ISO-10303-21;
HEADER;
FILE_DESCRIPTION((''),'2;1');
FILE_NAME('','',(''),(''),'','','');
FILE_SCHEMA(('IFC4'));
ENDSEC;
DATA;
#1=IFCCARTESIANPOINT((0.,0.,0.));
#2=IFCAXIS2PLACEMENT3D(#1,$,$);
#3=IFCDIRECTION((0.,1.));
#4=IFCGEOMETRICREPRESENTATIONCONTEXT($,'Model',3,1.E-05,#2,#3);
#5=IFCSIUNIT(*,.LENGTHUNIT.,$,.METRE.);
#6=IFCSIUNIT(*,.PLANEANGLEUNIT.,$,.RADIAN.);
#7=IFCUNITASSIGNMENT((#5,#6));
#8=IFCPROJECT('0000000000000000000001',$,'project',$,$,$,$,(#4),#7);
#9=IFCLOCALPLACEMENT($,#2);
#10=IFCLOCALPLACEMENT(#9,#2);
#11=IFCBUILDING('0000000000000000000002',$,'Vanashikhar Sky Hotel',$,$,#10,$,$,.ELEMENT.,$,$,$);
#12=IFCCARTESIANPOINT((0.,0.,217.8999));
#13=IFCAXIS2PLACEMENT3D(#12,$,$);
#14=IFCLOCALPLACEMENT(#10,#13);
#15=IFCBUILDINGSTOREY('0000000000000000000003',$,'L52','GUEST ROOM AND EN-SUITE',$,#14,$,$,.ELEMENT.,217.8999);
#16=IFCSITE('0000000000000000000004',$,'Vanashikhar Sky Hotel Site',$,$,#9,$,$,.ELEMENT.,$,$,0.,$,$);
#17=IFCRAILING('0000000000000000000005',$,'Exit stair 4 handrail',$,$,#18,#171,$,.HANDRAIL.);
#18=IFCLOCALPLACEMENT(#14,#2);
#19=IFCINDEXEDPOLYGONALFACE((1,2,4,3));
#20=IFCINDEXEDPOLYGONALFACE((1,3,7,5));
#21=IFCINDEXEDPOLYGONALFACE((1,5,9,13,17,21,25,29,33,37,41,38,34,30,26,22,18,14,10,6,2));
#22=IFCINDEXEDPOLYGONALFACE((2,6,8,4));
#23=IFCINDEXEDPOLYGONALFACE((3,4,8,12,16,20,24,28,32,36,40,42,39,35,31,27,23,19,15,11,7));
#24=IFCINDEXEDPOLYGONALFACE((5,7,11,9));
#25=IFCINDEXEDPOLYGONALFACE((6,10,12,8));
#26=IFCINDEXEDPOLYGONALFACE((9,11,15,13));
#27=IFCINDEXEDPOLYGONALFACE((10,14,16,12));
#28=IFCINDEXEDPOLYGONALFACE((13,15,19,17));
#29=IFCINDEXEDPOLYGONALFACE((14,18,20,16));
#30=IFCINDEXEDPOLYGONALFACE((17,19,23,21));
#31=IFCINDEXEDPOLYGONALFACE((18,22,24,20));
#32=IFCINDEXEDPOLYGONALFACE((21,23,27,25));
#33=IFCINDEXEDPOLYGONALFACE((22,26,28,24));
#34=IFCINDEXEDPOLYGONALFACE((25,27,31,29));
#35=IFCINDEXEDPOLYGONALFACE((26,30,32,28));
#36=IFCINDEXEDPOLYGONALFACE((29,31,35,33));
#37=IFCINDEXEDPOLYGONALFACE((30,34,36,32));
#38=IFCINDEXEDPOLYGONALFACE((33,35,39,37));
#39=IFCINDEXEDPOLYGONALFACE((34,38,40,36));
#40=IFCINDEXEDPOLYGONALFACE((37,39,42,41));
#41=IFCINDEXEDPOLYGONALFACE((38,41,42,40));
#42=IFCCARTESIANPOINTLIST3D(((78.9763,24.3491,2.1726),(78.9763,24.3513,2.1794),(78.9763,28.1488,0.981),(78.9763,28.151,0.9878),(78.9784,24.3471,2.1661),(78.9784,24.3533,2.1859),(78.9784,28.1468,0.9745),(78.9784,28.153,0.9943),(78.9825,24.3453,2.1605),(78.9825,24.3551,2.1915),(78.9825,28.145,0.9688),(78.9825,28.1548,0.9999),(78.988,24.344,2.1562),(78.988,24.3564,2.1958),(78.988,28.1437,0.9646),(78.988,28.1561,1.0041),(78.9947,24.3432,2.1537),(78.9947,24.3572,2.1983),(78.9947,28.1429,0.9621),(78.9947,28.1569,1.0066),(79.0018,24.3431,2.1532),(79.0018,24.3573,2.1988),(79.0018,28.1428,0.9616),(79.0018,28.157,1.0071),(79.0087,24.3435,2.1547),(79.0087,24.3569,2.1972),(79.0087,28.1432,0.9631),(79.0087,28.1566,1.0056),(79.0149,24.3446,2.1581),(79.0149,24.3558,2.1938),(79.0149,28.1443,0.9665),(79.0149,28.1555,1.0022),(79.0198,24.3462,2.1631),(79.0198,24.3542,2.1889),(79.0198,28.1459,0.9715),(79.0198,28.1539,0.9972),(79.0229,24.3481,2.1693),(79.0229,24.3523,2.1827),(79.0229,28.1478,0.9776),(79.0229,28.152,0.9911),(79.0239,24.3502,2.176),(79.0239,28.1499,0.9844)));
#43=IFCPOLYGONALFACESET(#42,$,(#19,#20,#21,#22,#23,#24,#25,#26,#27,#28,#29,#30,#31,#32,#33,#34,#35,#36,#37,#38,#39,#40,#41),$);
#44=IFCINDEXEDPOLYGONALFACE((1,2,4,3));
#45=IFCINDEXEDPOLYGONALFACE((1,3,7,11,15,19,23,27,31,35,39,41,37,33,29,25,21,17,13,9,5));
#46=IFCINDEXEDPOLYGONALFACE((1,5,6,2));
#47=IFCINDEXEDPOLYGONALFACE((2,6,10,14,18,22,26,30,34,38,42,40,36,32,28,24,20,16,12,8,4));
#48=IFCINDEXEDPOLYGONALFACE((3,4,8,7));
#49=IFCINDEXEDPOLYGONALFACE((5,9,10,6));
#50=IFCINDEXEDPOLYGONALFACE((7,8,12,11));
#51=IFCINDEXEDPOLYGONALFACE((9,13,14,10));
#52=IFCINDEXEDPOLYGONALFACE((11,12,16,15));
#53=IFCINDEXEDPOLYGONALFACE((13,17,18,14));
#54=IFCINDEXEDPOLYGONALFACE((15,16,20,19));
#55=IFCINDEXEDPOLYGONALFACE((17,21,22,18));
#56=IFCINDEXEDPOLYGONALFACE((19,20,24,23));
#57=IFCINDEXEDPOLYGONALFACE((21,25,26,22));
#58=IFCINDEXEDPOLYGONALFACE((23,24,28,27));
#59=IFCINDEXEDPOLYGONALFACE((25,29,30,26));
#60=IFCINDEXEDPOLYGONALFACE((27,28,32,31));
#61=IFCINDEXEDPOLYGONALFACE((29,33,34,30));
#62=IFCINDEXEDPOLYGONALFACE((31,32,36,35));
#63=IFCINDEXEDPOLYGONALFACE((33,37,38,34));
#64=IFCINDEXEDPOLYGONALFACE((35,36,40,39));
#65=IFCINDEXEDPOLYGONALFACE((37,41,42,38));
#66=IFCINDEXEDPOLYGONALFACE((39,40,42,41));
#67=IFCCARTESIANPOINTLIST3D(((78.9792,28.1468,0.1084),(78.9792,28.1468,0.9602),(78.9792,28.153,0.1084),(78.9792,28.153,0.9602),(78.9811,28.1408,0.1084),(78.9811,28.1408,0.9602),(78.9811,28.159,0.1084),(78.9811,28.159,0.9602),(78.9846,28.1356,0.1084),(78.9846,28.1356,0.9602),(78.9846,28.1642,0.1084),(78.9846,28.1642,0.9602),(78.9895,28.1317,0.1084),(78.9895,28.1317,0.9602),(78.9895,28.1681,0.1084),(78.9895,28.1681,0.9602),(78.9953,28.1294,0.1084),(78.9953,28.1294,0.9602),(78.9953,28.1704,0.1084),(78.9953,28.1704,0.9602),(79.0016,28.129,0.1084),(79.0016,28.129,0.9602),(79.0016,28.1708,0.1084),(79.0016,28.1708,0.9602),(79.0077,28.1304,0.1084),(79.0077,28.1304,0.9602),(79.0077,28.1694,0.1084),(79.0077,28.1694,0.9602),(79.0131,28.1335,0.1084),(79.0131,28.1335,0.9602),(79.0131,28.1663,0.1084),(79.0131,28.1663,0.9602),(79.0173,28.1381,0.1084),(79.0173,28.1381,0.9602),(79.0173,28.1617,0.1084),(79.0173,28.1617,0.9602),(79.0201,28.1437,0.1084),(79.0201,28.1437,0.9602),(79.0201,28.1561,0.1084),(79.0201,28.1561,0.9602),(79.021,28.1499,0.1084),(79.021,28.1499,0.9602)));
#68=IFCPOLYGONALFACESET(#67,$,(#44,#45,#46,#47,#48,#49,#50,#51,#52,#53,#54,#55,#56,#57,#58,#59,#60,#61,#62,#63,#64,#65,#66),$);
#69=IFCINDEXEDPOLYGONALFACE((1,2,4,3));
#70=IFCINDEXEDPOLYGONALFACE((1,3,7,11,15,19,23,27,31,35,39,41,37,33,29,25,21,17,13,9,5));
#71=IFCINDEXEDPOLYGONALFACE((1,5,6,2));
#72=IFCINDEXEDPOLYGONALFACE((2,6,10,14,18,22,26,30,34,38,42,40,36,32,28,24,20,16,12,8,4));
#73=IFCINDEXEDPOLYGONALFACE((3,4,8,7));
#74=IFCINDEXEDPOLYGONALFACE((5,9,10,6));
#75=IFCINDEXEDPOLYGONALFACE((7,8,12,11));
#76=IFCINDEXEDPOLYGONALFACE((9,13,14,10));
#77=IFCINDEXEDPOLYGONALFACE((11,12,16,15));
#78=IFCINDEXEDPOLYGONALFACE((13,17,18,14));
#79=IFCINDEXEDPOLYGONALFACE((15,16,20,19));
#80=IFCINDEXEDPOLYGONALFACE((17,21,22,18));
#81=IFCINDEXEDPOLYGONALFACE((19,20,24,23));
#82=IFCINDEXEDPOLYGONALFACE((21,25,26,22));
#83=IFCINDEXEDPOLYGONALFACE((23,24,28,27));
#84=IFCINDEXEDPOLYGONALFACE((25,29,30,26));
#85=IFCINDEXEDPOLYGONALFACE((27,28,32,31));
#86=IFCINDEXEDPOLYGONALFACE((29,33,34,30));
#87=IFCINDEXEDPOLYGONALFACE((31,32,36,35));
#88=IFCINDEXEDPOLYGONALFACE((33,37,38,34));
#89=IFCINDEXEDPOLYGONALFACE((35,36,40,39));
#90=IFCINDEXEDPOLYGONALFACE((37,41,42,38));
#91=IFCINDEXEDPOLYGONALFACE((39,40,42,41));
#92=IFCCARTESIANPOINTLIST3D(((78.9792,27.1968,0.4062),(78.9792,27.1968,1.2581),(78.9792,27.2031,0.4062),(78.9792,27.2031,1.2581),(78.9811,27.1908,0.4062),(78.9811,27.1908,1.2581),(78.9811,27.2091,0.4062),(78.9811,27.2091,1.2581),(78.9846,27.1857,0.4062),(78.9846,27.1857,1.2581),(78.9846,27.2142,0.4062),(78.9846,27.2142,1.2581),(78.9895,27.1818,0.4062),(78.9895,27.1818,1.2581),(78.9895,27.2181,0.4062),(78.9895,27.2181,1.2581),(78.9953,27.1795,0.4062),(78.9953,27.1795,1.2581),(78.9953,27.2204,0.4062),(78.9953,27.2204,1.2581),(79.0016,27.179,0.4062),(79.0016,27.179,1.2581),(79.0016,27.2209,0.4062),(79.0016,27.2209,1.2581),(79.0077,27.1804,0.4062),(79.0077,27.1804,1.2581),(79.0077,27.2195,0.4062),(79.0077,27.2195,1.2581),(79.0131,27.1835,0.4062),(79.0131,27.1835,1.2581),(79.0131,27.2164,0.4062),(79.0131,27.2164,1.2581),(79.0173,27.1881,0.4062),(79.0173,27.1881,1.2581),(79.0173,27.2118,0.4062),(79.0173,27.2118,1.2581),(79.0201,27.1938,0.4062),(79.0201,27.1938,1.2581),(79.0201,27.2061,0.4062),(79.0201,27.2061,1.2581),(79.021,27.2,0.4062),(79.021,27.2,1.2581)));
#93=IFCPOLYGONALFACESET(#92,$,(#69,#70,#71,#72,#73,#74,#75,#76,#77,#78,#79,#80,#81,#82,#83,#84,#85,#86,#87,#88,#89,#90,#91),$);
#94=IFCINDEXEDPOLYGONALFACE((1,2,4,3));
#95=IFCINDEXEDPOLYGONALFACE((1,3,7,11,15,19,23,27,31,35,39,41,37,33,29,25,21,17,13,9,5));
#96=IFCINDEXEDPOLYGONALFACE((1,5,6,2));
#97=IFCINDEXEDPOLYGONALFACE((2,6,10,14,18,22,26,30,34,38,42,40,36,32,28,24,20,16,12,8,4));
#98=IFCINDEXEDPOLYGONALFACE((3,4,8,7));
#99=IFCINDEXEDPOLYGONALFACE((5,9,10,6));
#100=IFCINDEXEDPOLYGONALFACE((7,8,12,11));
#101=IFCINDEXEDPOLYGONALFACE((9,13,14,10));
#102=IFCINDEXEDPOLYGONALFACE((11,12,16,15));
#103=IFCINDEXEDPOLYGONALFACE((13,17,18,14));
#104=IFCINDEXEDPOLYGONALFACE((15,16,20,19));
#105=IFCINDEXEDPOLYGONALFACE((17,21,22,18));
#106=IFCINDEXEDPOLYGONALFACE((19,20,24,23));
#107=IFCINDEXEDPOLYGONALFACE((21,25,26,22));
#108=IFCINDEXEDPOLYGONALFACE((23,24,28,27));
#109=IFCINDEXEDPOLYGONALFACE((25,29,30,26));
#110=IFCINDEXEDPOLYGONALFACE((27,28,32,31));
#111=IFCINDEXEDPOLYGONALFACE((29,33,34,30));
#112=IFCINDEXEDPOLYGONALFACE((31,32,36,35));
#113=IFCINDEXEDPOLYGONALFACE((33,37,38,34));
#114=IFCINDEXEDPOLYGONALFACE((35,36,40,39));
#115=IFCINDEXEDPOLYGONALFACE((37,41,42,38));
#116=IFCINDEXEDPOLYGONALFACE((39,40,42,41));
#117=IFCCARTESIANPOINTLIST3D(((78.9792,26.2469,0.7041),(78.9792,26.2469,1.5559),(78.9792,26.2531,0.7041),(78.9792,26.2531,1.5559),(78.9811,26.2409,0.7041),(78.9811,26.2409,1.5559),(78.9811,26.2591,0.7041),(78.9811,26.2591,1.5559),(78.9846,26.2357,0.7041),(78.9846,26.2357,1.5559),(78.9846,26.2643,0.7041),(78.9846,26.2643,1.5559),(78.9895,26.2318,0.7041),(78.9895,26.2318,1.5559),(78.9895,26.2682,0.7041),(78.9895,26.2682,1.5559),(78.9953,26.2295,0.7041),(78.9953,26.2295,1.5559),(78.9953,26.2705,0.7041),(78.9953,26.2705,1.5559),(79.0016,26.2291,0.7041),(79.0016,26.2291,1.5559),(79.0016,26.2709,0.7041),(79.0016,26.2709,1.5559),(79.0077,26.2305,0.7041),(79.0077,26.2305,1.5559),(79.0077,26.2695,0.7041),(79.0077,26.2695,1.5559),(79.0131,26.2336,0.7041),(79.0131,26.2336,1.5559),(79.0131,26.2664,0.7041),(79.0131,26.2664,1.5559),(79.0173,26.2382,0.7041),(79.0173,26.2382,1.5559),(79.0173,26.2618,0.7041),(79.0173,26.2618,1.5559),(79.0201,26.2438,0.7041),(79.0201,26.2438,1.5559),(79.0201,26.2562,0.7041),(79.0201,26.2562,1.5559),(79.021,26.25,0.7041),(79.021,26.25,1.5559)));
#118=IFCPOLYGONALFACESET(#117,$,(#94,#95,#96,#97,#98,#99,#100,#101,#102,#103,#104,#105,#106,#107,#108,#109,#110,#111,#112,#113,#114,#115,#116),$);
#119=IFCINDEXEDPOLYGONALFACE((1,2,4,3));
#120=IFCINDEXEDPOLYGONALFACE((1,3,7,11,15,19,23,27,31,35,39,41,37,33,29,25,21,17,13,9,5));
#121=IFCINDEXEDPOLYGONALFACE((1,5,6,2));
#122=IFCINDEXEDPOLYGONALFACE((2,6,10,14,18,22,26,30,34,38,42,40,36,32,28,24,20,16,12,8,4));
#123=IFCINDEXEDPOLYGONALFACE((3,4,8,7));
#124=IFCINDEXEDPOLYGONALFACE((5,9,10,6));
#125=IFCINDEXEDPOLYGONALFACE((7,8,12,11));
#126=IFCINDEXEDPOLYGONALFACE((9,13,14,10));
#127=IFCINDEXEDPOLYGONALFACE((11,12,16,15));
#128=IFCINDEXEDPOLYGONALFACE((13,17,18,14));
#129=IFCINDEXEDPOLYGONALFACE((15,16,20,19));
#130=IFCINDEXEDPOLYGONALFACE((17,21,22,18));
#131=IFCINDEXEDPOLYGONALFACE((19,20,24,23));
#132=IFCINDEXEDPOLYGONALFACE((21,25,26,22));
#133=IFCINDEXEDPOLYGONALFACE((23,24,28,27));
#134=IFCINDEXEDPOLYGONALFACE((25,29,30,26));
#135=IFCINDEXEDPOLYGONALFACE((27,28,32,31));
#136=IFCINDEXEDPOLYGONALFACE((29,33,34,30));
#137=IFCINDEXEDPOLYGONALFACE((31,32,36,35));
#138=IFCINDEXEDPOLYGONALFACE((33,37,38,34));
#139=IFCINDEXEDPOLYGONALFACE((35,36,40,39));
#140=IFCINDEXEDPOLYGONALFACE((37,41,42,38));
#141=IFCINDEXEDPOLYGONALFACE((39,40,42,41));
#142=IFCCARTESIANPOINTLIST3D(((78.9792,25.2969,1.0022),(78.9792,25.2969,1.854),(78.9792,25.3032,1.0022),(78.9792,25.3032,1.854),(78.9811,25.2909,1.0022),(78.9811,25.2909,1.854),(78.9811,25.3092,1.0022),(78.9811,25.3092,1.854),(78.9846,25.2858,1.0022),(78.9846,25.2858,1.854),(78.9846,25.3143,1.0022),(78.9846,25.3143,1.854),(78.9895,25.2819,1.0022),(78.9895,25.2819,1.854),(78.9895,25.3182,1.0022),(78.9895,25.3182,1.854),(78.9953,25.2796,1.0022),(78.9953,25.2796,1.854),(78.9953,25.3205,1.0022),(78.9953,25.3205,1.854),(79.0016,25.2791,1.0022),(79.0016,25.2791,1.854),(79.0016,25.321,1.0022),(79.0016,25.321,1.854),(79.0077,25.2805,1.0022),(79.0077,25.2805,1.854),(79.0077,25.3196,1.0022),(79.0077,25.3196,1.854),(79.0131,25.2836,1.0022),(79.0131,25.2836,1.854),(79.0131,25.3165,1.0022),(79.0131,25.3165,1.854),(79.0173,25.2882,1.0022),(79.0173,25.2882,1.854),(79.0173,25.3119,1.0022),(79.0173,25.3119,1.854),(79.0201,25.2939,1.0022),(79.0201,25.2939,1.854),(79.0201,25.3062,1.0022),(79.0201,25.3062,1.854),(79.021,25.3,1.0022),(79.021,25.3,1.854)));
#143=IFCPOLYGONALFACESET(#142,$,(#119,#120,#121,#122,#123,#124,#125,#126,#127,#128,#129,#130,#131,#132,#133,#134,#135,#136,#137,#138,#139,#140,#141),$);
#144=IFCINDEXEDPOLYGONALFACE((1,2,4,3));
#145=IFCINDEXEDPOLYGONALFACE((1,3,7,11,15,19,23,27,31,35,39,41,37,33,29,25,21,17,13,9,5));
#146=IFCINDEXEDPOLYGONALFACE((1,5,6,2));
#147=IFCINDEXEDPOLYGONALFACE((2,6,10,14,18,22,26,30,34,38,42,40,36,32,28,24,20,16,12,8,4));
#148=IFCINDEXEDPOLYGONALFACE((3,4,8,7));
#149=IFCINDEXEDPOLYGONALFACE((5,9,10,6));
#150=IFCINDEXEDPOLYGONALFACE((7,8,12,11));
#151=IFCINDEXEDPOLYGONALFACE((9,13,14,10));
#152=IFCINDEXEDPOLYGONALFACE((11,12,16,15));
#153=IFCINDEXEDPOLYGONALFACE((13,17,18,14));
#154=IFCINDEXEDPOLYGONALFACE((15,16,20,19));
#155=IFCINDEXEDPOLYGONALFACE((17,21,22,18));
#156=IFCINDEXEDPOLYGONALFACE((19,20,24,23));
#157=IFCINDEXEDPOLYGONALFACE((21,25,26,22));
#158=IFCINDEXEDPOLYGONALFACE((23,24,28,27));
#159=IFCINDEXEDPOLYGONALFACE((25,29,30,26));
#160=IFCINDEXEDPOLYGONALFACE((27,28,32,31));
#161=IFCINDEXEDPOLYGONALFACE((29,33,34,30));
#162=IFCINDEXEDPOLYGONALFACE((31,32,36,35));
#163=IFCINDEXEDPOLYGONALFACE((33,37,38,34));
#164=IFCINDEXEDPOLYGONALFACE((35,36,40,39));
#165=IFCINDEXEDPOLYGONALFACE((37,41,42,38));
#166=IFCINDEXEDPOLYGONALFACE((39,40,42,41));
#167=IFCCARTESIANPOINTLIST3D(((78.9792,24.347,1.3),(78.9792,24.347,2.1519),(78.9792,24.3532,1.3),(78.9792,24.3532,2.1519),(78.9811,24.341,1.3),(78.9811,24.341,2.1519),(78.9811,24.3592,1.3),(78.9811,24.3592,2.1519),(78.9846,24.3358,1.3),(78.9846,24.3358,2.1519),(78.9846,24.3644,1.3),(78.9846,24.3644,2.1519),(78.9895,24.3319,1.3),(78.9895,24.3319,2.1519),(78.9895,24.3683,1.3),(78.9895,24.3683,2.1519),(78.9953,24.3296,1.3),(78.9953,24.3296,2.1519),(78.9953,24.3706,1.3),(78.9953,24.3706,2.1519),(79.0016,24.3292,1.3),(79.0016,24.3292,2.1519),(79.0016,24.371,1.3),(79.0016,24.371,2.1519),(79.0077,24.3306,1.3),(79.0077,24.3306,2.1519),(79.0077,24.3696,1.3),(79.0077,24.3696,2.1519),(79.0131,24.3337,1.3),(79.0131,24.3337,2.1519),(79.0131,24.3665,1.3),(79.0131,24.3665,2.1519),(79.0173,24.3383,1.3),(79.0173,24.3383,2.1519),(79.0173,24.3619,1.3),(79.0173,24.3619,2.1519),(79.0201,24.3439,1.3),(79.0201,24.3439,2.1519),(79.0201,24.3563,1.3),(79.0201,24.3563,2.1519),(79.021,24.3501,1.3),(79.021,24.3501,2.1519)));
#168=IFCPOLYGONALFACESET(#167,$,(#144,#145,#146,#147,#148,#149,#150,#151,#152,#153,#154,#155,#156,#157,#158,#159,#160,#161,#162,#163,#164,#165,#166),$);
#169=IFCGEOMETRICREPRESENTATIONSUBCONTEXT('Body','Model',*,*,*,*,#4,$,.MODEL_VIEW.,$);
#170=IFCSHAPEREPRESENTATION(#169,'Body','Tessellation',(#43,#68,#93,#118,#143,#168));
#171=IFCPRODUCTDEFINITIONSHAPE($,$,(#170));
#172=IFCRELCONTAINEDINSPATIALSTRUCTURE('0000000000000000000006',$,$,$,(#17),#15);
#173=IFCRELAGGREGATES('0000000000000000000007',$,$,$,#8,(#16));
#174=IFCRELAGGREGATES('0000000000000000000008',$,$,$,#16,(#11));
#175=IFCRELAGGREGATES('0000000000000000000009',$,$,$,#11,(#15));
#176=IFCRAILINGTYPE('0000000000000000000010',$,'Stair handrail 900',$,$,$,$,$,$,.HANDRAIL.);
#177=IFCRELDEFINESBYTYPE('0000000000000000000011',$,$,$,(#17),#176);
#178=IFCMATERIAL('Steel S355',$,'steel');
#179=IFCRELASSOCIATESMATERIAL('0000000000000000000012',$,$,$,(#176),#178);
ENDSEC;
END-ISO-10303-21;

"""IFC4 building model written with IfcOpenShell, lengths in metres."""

from ifc_helpers import new_model, si_unit, direction, frame, origin, origin_2d, place, context, subcontext, project, spatial, circle, extrude, source, transform, mapped, material, type_object, element, save


model = new_model("IFC4")

# Units and contexts
model_context = context("Model", 3, precision=1e-05, world=origin(), true_north=direction((0.0, 1.0)))
body_context = subcontext(model_context, "Body", "Model", "MODEL_VIEW")
ifc_project = project(units=[si_unit("LENGTHUNIT", "METRE"), si_unit("PLANEANGLEUNIT", "RADIAN")], contexts=[model_context])

# Site, building, storey
site_placement = place(None, origin())
site = spatial("IfcSite", under=ifc_project, at=site_placement, Name="Vanashikhar Sky Hotel Site", CompositionType="ELEMENT", RefElevation=0.0)
building_placement = place(site_placement, origin())
building = spatial("IfcBuilding", under=site, at=building_placement, Name="Vanashikhar Sky Hotel", CompositionType="ELEMENT")
storey_placement = place(building_placement, frame((0.0, 0.0, 217.8999)))
storey = spatial("IfcBuildingStorey", under=building, at=storey_placement, Name="L52", Description="GUEST ROOM AND EN-SUITE", CompositionType="ELEMENT", Elevation=217.8999)

# Railing
ifc_material_1 = material(Name="Steel S355", Category="steel")
railing_type = type_object("IfcRailingType", Name="Stair handrail 900", PredefinedType="HANDRAIL", material=ifc_material_1)
shared_shape_1 = source(origin(), body_context, "Body", "SweptSolid", [
    extrude(circle(Radius=0.0239, at=origin_2d()), frame((0.0, 0.0, 0.876), z_axis=(0.0, -0.954178, 0.299238), x_axis=(1.0, 0.0, 0.0)), (0.0, 0.0, 1.0), 3.9822),
    extrude(circle(Radius=0.021, at=origin_2d()), origin(), (0.0, 0.0, 1.0), 0.8518),
    extrude(circle(Radius=0.021, at=origin_2d()), frame((0.0, -0.95, 0.2979)), (0.0, 0.0, 1.0), 0.8518),
    extrude(circle(Radius=0.021, at=origin_2d()), frame((0.0, -1.8999, 0.5957)), (0.0, 0.0, 1.0), 0.8518),
    extrude(circle(Radius=0.021, at=origin_2d()), frame((0.0, -2.8499, 0.8938)), (0.0, 0.0, 1.0), 0.8518),
    extrude(circle(Radius=0.021, at=origin_2d()), frame((0.0, -3.7998, 1.1917)), (0.0, 0.0, 1.0), 0.8518),
])
for number, where, name in (
    (1, (79.0, 28.1499, 0.1084), "Exit stair 4 handrail"),
):
    element("IfcRailing", number, at=place(storey_placement, frame(where)), inside=storey, type_object=railing_type, Name=name, PredefinedType="HANDRAIL", context=body_context, shape_type="MappedRepresentation", body=[
        mapped(shared_shape_1, transform((0.0, 0.0, 0.0), scale=1.0)),
    ])

save(model, "model.ifc")
